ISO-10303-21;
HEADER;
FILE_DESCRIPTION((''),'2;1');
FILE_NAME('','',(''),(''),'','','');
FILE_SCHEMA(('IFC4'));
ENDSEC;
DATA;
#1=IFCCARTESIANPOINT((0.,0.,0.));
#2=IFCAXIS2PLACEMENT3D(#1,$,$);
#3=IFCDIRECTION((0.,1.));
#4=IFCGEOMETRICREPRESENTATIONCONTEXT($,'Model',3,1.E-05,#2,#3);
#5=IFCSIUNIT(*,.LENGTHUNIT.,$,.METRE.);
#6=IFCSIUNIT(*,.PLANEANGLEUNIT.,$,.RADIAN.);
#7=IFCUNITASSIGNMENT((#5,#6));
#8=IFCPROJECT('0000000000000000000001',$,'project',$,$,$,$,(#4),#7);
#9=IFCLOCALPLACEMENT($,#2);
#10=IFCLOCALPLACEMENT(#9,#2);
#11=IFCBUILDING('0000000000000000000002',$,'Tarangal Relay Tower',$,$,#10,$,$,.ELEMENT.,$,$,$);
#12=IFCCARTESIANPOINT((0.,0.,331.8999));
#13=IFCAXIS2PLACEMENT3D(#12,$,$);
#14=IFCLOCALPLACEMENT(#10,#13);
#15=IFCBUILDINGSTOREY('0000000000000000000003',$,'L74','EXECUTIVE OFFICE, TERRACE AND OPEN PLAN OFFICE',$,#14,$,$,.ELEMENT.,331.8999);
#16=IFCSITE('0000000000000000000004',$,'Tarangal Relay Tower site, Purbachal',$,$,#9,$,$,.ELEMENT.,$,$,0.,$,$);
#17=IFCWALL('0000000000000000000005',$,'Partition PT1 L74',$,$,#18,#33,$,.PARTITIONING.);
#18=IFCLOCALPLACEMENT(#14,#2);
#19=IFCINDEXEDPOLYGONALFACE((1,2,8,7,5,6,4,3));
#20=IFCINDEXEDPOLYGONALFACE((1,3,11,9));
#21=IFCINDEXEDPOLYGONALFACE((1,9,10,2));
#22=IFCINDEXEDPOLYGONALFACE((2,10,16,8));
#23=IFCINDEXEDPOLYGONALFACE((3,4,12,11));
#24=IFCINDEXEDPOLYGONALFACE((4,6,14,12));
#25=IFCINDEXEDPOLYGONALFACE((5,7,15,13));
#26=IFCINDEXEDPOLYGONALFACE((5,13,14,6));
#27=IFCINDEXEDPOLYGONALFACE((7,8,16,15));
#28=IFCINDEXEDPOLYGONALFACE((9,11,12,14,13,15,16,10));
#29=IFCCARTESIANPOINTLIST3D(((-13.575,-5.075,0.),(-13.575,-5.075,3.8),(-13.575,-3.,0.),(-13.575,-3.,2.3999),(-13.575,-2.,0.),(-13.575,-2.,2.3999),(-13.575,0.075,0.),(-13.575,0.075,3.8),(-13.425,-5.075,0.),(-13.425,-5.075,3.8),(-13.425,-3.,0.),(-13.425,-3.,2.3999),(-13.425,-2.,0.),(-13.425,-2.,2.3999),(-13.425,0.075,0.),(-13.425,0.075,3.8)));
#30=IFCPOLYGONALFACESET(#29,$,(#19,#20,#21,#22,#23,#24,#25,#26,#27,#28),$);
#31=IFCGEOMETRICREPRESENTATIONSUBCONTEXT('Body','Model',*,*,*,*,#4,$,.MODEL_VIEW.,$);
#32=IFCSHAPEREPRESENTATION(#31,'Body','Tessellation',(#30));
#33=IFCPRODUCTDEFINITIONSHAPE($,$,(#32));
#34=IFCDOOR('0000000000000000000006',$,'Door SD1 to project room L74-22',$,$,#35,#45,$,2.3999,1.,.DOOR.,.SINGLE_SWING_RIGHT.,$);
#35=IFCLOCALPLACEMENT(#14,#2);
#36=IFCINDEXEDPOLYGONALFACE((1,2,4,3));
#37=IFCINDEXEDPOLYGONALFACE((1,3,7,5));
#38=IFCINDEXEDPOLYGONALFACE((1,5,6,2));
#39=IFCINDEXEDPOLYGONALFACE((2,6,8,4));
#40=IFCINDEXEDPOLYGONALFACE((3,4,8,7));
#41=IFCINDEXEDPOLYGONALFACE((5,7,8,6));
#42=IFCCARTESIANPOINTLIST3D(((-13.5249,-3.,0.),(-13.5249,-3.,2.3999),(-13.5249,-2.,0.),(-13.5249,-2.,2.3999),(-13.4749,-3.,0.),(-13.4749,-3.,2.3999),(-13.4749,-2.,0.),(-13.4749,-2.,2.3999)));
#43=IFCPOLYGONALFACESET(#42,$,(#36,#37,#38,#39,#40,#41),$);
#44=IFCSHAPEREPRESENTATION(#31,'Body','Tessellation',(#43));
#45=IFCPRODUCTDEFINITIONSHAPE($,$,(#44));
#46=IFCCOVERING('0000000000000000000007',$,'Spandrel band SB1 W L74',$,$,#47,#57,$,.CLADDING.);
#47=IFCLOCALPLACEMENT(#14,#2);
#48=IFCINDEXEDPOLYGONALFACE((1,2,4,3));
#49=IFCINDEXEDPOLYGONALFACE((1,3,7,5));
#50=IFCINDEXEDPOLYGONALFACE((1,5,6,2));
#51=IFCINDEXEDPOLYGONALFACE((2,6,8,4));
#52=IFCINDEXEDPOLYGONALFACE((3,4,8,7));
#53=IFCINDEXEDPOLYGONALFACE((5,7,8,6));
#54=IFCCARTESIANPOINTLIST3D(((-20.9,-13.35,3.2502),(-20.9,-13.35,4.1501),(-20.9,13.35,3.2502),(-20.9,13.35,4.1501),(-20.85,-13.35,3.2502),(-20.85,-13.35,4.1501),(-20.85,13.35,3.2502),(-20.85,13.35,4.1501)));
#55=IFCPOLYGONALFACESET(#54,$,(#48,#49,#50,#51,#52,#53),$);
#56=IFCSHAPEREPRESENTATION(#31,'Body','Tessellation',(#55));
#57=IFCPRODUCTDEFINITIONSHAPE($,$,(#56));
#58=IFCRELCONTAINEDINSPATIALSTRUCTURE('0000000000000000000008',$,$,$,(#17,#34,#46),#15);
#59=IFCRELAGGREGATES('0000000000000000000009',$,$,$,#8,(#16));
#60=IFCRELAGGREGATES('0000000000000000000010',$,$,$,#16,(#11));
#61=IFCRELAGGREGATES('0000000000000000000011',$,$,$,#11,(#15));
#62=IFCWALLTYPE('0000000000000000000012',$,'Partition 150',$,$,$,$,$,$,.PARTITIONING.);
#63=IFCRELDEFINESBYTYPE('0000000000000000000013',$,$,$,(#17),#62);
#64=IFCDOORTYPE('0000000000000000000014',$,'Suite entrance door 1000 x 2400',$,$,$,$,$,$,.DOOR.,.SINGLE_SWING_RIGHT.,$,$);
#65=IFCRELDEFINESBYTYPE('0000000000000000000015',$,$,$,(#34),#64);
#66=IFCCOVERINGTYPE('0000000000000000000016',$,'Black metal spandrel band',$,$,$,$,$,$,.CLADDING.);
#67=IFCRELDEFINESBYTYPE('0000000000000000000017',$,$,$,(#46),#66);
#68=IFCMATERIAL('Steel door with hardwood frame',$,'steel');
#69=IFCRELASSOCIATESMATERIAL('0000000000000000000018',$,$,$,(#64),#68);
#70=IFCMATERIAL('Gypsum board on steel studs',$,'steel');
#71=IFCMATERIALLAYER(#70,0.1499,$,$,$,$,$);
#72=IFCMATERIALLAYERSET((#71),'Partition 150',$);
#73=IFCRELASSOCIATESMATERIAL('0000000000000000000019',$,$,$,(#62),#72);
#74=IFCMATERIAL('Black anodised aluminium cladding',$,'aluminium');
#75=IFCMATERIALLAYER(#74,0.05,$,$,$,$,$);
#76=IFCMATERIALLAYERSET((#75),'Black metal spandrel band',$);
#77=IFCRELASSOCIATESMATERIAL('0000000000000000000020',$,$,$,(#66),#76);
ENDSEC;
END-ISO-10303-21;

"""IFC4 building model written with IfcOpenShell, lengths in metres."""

from ifc_helpers import new_model, si_unit, direction, frame, frame_2d, origin, origin_2d, place, context, subcontext, project, spatial, rectangle, extrude, material, layer, layer_set, type_object, element, fill, save


model = new_model("IFC4")

# Units and contexts
model_context = context("Model", 3, precision=1e-05, world=origin(), true_north=direction((0.0, 1.0)))
body_context = subcontext(model_context, "Body", "Model", "MODEL_VIEW")
ifc_project = project(units=[si_unit("LENGTHUNIT", "METRE"), si_unit("PLANEANGLEUNIT", "RADIAN")], contexts=[model_context])

# Site, building, storey
site_placement = place(None, origin())
site = spatial("IfcSite", under=ifc_project, at=site_placement, Name="Tarangal Relay Tower site, Purbachal", CompositionType="ELEMENT", RefElevation=0.0)
building_placement = place(site_placement, origin())
building = spatial("IfcBuilding", under=site, at=building_placement, Name="Tarangal Relay Tower", CompositionType="ELEMENT")
storey_placement = place(building_placement, frame((0.0, 0.0, 331.8999)))
storey = spatial("IfcBuildingStorey", under=building, at=storey_placement, Name="L74", Description="EXECUTIVE OFFICE, TERRACE AND OPEN PLAN OFFICE", CompositionType="ELEMENT", Elevation=331.8999)

# Shared definitions
ifc_material_1 = material(Name="Steel door with hardwood frame", Category="steel")
door_type = type_object("IfcDoorType", Name="Suite entrance door 1000 x 2400", OperationType="SINGLE_SWING_RIGHT", PredefinedType="DOOR", material=ifc_material_1)

# Wall, opening, door
ifc_material_2 = material(Name="Gypsum board on steel studs", Category="steel")
ifc_layer_1 = layer(ifc_material_2, 0.1499)
ifc_layer_set_1 = layer_set([ifc_layer_1], Name="Partition 150")
wall_type_1 = type_object("IfcWallType", Name="Partition 150", PredefinedType="PARTITIONING", material=ifc_layer_set_1)
wall_1_placement = place(storey_placement, frame((-13.5, -5.075, 0.0), z_axis=(0.0, 0.0, 1.0), x_axis=(0.0, 1.0, 0.0)))
wall_1 = element("IfcWall", 1, at=wall_1_placement, inside=storey, type_object=wall_type_1, Name="Partition PT1 L74", PredefinedType="PARTITIONING", context=body_context, shape_type="SweptSolid", body=[
    extrude(rectangle(XDim=5.1499, YDim=0.1499, at=frame_2d((2.575, 0.0))), origin(), (0.0, 0.0, 1.0), 3.8),
])
opening_1_placement = place(wall_1_placement, frame((2.075, 0.0, 0.0)))
opening_1 = element("IfcOpeningElement", 2, at=opening_1_placement, cuts=wall_1, PredefinedType="OPENING", context=body_context, shape_type="SweptSolid", body=[
    extrude(rectangle(XDim=1.0, YDim=2.3999, at=frame_2d((0.5, 1.2))), frame((0.0, 0.085, 0.0), z_axis=(0.0, -1.0, 0.0), x_axis=(1.0, 0.0, 0.0)), (0.0, 0.0, 1.0), 0.1699),
])
door_1_placement = place(opening_1_placement, origin())
door_1 = element("IfcDoor", 3, at=door_1_placement, inside=storey, type_object=door_type, Name="Door SD1 to project room L74-22", OperationType="SINGLE_SWING_RIGHT", OverallHeight=2.3999, OverallWidth=1.0, PredefinedType="DOOR", context=body_context, shape_type="SweptSolid", body=[
    extrude(rectangle(XDim=1.0, YDim=2.3999, at=frame_2d((0.5, 1.2))), frame((0.0, 0.0249, 0.0), z_axis=(0.0, -1.0, 0.0), x_axis=(1.0, 0.0, 0.0)), (0.0, 0.0, 1.0), 0.05),
])
fill(opening_1, door_1)

# Covering
ifc_material_3 = material(Name="Black anodised aluminium cladding", Category="aluminium")
ifc_layer_2 = layer(ifc_material_3, 0.05)
ifc_layer_set_2 = layer_set([ifc_layer_2], Name="Black metal spandrel band")
covering_type = type_object("IfcCoveringType", Name="Black metal spandrel band", PredefinedType="CLADDING", material=ifc_layer_set_2)
covering_placement = place(storey_placement, frame((-20.875, 0.0, 3.2502), z_axis=(0.0, 0.0, 1.0), x_axis=(0.0, 1.0, 0.0)))
element("IfcCovering", 4, at=covering_placement, inside=storey, type_object=covering_type, Name="Spandrel band SB1 W L74", PredefinedType="CLADDING", context=body_context, shape_type="SweptSolid", body=[
    extrude(rectangle(XDim=26.7, YDim=0.05, at=origin_2d()), origin(), (0.0, 0.0, 1.0), 0.8999),
])

save(model, "model.ifc")
